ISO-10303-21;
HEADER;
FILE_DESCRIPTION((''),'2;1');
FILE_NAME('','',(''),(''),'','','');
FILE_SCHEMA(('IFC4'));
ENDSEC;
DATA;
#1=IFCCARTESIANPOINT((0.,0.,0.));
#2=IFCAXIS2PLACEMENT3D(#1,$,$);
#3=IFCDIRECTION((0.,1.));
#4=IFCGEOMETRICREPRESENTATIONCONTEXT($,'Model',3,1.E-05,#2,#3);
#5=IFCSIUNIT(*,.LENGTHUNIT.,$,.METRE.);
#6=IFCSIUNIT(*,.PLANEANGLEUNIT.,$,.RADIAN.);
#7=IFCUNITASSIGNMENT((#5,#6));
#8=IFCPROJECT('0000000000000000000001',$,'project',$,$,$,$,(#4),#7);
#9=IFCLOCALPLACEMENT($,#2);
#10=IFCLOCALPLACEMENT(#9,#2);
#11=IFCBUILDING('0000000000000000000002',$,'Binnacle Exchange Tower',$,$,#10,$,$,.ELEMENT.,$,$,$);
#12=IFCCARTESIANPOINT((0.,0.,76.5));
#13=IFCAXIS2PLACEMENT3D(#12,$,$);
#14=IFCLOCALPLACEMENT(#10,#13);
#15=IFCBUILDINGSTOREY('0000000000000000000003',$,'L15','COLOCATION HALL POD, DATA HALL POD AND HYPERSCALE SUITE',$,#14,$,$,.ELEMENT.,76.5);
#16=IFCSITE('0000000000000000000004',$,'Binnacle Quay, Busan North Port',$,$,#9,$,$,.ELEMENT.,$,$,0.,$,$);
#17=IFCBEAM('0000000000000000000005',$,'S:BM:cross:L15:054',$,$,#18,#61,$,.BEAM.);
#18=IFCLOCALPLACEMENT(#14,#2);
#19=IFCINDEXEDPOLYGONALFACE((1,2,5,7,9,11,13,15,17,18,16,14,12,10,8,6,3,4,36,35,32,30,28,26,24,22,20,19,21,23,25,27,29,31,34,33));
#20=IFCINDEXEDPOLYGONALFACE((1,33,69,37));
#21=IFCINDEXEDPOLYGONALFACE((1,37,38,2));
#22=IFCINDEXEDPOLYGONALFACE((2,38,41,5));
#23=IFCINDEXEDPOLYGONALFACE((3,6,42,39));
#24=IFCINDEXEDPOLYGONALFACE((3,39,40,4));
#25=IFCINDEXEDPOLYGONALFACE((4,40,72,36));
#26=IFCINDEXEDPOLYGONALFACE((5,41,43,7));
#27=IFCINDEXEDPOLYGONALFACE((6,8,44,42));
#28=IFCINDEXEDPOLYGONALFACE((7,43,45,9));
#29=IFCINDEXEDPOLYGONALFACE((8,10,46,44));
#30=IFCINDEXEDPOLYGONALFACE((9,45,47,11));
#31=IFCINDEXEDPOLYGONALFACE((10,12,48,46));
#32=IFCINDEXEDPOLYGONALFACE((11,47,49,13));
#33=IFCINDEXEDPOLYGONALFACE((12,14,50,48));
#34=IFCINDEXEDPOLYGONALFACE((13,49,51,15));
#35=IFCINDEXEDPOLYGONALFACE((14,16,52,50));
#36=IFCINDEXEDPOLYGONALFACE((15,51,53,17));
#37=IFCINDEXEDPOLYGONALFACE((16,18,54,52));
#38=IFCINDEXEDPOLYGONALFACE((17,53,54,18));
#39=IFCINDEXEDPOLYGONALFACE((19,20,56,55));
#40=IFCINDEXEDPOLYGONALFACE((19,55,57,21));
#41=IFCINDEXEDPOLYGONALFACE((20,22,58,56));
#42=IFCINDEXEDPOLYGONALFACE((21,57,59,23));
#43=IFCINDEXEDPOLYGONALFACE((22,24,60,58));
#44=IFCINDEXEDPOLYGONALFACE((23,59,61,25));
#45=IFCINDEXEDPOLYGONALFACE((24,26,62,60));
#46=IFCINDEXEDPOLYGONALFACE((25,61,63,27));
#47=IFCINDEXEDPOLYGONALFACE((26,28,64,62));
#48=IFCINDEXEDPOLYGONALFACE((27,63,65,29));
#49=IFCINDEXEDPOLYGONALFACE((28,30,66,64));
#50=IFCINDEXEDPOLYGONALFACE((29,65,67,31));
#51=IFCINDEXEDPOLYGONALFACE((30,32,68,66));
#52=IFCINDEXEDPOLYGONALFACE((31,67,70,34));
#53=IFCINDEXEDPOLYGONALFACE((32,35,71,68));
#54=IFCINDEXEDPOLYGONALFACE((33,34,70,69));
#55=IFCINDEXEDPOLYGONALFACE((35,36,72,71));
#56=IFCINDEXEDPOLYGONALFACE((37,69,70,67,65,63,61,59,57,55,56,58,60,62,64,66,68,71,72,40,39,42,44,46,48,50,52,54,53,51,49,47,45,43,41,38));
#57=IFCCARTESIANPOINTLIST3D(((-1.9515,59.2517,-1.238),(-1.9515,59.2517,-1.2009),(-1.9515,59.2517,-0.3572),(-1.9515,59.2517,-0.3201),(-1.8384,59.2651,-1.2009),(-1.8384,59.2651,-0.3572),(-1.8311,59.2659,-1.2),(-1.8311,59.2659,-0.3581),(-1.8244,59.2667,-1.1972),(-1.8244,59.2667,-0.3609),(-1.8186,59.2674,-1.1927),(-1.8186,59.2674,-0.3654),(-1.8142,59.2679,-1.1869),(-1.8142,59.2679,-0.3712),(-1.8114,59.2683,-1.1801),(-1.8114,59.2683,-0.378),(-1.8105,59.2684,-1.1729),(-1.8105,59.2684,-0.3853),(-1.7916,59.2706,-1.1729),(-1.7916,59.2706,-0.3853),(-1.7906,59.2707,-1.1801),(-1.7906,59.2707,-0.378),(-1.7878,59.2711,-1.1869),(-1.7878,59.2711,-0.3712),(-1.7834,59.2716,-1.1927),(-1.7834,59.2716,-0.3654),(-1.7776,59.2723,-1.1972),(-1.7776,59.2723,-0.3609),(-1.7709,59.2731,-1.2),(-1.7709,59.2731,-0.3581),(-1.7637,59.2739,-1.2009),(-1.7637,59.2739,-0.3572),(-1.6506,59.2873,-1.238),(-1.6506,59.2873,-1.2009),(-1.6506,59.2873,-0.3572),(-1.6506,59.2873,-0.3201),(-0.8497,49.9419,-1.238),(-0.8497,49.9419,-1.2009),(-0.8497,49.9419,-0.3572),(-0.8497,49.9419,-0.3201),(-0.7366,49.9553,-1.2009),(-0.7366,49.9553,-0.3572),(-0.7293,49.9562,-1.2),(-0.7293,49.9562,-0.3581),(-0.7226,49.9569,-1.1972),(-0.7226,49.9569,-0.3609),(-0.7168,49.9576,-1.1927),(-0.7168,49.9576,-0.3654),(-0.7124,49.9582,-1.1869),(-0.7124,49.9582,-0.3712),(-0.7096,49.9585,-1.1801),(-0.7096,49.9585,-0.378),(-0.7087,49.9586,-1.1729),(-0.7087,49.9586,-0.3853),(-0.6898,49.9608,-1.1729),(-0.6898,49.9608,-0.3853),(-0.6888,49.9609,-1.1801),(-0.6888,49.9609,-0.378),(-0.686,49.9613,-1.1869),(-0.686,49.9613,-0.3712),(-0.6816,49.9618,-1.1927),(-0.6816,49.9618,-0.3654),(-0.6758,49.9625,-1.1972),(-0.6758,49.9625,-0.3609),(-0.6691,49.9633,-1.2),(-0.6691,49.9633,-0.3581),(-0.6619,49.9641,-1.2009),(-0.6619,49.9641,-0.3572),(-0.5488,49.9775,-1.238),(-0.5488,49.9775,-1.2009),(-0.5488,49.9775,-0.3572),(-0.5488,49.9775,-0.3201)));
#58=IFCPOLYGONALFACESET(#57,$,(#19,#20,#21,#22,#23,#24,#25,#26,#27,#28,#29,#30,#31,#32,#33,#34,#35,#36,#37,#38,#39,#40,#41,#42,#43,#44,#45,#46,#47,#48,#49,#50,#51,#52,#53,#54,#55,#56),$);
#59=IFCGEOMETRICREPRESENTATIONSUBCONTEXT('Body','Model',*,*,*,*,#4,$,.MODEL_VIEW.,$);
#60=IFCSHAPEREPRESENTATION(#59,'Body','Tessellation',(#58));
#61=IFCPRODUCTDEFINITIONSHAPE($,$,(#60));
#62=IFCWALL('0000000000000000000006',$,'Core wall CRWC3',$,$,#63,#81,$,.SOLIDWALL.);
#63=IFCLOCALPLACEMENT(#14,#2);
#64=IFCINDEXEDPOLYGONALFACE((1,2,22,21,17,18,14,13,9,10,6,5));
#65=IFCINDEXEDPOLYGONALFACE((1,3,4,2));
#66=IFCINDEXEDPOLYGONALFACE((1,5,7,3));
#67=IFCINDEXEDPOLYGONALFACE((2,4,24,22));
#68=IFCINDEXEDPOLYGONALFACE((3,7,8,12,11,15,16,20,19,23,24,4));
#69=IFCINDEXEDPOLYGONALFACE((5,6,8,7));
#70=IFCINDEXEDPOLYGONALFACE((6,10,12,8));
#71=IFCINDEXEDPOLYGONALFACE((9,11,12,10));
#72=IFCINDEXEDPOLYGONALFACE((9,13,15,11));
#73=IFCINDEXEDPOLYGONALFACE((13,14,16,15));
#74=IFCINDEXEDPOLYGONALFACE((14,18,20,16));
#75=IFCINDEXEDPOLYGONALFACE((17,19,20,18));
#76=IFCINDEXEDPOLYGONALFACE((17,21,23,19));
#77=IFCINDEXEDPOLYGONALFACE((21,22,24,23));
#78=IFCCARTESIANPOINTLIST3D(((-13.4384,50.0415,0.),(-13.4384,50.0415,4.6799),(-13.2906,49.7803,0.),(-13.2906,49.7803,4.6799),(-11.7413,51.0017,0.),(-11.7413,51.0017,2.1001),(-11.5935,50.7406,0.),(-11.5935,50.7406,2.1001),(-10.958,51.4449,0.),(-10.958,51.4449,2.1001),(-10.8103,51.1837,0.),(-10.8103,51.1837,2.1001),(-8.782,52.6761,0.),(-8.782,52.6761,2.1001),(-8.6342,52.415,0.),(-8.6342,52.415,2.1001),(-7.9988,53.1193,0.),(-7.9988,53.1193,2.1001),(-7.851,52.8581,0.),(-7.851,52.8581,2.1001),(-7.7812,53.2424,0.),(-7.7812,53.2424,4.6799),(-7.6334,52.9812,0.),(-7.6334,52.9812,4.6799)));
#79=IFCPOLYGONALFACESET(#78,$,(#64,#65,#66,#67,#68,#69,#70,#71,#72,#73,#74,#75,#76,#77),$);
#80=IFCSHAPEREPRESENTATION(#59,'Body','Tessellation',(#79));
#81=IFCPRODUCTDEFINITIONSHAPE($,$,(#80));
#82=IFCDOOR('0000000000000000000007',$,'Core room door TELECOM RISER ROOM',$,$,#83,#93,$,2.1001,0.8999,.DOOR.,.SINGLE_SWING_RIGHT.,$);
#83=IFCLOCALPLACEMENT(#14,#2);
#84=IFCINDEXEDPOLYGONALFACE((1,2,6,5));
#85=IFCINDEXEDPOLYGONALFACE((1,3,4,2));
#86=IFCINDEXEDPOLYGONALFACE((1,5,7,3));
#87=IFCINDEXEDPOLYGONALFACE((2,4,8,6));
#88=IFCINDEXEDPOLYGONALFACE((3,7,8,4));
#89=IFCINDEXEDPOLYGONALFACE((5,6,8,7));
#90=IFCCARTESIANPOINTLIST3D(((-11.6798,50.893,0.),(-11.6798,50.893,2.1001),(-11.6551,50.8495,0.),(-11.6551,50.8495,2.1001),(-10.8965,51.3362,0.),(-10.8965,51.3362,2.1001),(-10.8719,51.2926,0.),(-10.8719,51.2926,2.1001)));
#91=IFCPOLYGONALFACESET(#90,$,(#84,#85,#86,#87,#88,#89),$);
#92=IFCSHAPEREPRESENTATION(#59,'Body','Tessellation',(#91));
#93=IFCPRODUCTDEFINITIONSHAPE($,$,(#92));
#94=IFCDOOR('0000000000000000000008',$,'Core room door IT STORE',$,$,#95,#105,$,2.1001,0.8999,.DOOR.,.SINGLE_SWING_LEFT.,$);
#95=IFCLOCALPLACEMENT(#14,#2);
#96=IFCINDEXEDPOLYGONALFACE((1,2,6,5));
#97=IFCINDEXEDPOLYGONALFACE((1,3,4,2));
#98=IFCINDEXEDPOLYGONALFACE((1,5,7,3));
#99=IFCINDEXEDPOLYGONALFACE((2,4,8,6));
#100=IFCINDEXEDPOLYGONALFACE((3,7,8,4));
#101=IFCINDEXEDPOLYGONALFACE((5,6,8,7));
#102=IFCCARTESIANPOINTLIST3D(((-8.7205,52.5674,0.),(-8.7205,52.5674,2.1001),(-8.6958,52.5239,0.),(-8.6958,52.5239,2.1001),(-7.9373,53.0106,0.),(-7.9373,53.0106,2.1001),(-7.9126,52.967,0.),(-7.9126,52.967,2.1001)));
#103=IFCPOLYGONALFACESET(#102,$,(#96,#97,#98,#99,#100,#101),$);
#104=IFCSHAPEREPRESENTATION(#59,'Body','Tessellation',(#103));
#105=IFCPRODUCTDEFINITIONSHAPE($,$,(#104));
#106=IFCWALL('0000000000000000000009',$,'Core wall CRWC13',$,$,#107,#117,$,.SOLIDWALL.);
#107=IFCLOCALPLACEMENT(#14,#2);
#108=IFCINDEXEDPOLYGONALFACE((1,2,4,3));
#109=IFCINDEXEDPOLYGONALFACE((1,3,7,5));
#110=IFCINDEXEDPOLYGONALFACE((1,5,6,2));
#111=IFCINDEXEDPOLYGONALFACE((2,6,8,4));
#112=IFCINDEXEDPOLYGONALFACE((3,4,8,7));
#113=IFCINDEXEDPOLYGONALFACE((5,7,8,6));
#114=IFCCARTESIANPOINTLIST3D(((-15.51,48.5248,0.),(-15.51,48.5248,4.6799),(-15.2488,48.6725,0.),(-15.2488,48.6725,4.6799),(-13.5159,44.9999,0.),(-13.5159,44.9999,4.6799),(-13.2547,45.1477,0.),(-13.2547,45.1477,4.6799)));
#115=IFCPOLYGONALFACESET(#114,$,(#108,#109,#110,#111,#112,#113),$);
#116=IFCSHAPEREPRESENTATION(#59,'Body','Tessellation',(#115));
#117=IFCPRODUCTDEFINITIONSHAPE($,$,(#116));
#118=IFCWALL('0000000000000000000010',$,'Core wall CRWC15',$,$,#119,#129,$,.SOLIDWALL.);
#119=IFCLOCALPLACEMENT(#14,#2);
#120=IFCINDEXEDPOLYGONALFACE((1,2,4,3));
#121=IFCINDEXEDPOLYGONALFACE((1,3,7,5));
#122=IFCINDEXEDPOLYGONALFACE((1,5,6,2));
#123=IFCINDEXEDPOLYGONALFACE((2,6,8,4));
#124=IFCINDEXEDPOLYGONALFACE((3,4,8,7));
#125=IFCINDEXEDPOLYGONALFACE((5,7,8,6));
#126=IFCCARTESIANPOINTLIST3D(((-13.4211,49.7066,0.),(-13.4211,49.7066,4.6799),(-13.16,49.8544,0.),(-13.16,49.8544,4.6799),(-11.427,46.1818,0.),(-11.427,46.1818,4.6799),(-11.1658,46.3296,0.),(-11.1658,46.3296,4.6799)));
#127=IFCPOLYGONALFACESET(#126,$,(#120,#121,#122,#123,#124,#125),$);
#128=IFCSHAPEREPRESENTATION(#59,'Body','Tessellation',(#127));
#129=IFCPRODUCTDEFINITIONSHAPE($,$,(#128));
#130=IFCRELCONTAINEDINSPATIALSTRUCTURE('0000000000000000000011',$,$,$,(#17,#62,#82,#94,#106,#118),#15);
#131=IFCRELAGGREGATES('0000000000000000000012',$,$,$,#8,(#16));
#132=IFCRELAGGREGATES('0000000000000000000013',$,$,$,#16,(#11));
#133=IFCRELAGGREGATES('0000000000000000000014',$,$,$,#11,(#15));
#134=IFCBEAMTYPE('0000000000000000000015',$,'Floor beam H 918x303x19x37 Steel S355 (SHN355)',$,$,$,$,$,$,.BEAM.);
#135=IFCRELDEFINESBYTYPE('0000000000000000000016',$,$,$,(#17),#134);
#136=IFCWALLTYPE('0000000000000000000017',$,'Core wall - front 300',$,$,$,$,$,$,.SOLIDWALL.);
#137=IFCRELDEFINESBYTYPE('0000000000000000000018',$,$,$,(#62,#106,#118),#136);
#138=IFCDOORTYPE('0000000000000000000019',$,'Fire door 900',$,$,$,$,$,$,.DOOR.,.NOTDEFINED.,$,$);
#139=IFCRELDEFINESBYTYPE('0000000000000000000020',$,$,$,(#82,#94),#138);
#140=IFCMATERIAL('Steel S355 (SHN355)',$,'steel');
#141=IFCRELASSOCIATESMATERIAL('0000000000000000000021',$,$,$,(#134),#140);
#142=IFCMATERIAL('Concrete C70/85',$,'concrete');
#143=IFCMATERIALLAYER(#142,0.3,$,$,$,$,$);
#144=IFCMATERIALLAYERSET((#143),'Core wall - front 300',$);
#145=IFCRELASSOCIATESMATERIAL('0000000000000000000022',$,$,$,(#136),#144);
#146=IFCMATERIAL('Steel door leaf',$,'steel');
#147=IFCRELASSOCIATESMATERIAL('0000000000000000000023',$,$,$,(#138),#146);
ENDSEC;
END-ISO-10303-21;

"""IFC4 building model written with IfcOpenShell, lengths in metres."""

from ifc_helpers import new_model, si_unit, direction, frame, frame_2d, origin, origin_2d, place, context, subcontext, project, spatial, rectangle, i_section, extrude, material, layer, layer_set, material_profile, profile_set, type_object, element, fill, save


model = new_model("IFC4")

# Units and contexts
model_context = context("Model", 3, precision=1e-05, world=origin(), true_north=direction((0.0, 1.0)))
body_context = subcontext(model_context, "Body", "Model", "MODEL_VIEW")
ifc_project = project(units=[si_unit("LENGTHUNIT", "METRE"), si_unit("PLANEANGLEUNIT", "RADIAN")], contexts=[model_context])

# Site, building, storey
site_placement = place(None, origin())
site = spatial("IfcSite", under=ifc_project, at=site_placement, Name="Binnacle Quay, Busan North Port", CompositionType="ELEMENT", RefElevation=0.0)
building_placement = place(site_placement, origin())
building = spatial("IfcBuilding", under=site, at=building_placement, Name="Binnacle Exchange Tower", CompositionType="ELEMENT")
storey_placement = place(building_placement, frame((0.0, 0.0, 76.5)))
storey = spatial("IfcBuildingStorey", under=building, at=storey_placement, Name="L15", Description="COLOCATION HALL POD, DATA HALL POD AND HYPERSCALE SUITE", CompositionType="ELEMENT", Elevation=76.5)

# Shared definitions
ifc_material_1 = material(Name="Concrete C70/85", Category="concrete")

# Beam
ifc_material_2 = material(Name="Steel S355 (SHN355)", Category="steel")
ifc_material_profile_1 = material_profile(ifc_material_2, i_section(OverallWidth=0.303, OverallDepth=0.918, WebThickness=0.019, FlangeThickness=0.0371, FilletRadius=0.0281, at=origin_2d()), Name="H 918x303x19x37")
ifc_profile_set_1 = profile_set([ifc_material_profile_1], Name="Steel S355 (SHN355)")
beam_type_1 = type_object("IfcBeamType", Name="Floor beam H 918x303x19x37 Steel S355 (SHN355)", PredefinedType="BEAM", material=ifc_profile_set_1)
beam_1_placement = place(storey_placement, frame((-0.6992, 49.9597, -0.7791), z_axis=(-0.117529, 0.993069, 0.0), x_axis=(-0.993069, -0.117529, 0.0)))
element("IfcBeam", 1, at=beam_1_placement, inside=storey, type_object=beam_type_1, Name="S:BM:cross:L15:054", PredefinedType="BEAM", context=body_context, shape_type="SweptSolid", body=[
    extrude(i_section(OverallWidth=0.303, OverallDepth=0.918, WebThickness=0.019, FlangeThickness=0.0371, FilletRadius=0.0281, at=origin_2d()), origin(), (0.0, 0.0, 1.0), 9.3748),
])

# Wall, openings, doors
ifc_layer_1 = layer(ifc_material_1, 0.3)
ifc_layer_set_1 = layer_set([ifc_layer_1], Name="Core wall - front 300")
wall_type_1 = type_object("IfcWallType", Name="Core wall - front 300", PredefinedType="SOLIDWALL", material=ifc_layer_set_1)
wall_1_placement = place(storey_placement, frame((-13.3645, 49.9109, 0.0), z_axis=(0.0, 0.0, 1.0), x_axis=(0.870341, 0.49245, 0.0)))
wall_1 = element("IfcWall", 2, at=wall_1_placement, inside=storey, type_object=wall_type_1, Name="Core wall CRWC3", PredefinedType="SOLIDWALL", context=body_context, shape_type="SweptSolid", body=[
    extrude(rectangle(XDim=6.5, YDim=0.3, at=frame_2d((3.25, 0.0))), origin(), (0.0, 0.0, 1.0), 4.6799),
])
opening_1_placement = place(wall_1_placement, frame((1.95, 0.0, 0.0)))
opening_1 = element("IfcOpeningElement", 3, at=opening_1_placement, cuts=wall_1, PredefinedType="OPENING", context=body_context, shape_type="SweptSolid", body=[
    extrude(rectangle(XDim=0.8999, YDim=2.1001, at=frame_2d((0.45, 1.05))), frame((0.0, 0.1599, 0.0), z_axis=(0.0, -1.0, 0.0), x_axis=(1.0, 0.0, 0.0)), (0.0, 0.0, 1.0), 0.3201),
])
opening_2_placement = place(wall_1_placement, frame((5.3501, 0.0, 0.0)))
opening_2 = element("IfcOpeningElement", 4, at=opening_2_placement, cuts=wall_1, PredefinedType="OPENING", context=body_context, shape_type="SweptSolid", body=[
    extrude(rectangle(XDim=0.8999, YDim=2.1001, at=frame_2d((0.45, 1.05))), frame((0.0, 0.1599, 0.0), z_axis=(0.0, -1.0, 0.0), x_axis=(1.0, 0.0, 0.0)), (0.0, 0.0, 1.0), 0.3201),
])
ifc_material_3 = material(Name="Steel door leaf", Category="steel")
door_type = type_object("IfcDoorType", Name="Fire door 900", OperationType="NOTDEFINED", PredefinedType="DOOR", material=ifc_material_3)
door_1_placement = place(opening_1_placement, frame((0.8999, 0.0, 0.0), z_axis=(0.0, 0.0, 1.0), x_axis=(-1.0, 0.0, 0.0)))
door_1 = element("IfcDoor", 5, at=door_1_placement, inside=storey, type_object=door_type, Name="Core room door TELECOM RISER ROOM", OperationType="SINGLE_SWING_RIGHT", OverallHeight=2.1001, OverallWidth=0.8999, PredefinedType="DOOR", context=body_context, shape_type="SweptSolid", body=[
    extrude(rectangle(XDim=0.8999, YDim=2.1001, at=frame_2d((0.45, 1.05))), frame((0.0, 0.0249, 0.0), z_axis=(0.0, -1.0, 0.0), x_axis=(1.0, 0.0, 0.0)), (0.0, 0.0, 1.0), 0.05),
])
fill(opening_1, door_1)
door_2_placement = place(opening_2_placement, frame((0.8999, 0.0, 0.0), z_axis=(0.0, 0.0, 1.0), x_axis=(-1.0, 0.0, 0.0)))
door_2 = element("IfcDoor", 6, at=door_2_placement, inside=storey, type_object=door_type, Name="Core room door IT STORE", OperationType="SINGLE_SWING_LEFT", OverallHeight=2.1001, OverallWidth=0.8999, PredefinedType="DOOR", context=body_context, shape_type="SweptSolid", body=[
    extrude(rectangle(XDim=0.8999, YDim=2.1001, at=frame_2d((0.45, 1.05))), frame((0.0, 0.0249, 0.0), z_axis=(0.0, -1.0, 0.0), x_axis=(1.0, 0.0, 0.0)), (0.0, 0.0, 1.0), 0.05),
])
fill(opening_2, door_2)

# Walls
for number, where, z_axis, x_axis, name in (
    (7, (-15.3794, 48.5986, 0.0), (0.0, 0.0, 1.0), (0.492395, -0.870372, 0.0), "Core wall CRWC13"),
    (8, (-13.2905, 49.7805, 0.0), (0.0, 0.0, 1.0), (0.492395, -0.870372, 0.0), "Core wall CRWC15"),
):
    element("IfcWall", number, at=place(storey_placement, frame(where, z_axis=z_axis, x_axis=x_axis)), inside=storey, type_object=wall_type_1, Name=name, PredefinedType="SOLIDWALL", context=body_context, shape_type="SweptSolid", body=[
        extrude(rectangle(XDim=4.0498, YDim=0.3, at=frame_2d((2.0249, 0.0))), origin(), (0.0, 0.0, 1.0), 4.6799),
    ])

save(model, "model.ifc")
